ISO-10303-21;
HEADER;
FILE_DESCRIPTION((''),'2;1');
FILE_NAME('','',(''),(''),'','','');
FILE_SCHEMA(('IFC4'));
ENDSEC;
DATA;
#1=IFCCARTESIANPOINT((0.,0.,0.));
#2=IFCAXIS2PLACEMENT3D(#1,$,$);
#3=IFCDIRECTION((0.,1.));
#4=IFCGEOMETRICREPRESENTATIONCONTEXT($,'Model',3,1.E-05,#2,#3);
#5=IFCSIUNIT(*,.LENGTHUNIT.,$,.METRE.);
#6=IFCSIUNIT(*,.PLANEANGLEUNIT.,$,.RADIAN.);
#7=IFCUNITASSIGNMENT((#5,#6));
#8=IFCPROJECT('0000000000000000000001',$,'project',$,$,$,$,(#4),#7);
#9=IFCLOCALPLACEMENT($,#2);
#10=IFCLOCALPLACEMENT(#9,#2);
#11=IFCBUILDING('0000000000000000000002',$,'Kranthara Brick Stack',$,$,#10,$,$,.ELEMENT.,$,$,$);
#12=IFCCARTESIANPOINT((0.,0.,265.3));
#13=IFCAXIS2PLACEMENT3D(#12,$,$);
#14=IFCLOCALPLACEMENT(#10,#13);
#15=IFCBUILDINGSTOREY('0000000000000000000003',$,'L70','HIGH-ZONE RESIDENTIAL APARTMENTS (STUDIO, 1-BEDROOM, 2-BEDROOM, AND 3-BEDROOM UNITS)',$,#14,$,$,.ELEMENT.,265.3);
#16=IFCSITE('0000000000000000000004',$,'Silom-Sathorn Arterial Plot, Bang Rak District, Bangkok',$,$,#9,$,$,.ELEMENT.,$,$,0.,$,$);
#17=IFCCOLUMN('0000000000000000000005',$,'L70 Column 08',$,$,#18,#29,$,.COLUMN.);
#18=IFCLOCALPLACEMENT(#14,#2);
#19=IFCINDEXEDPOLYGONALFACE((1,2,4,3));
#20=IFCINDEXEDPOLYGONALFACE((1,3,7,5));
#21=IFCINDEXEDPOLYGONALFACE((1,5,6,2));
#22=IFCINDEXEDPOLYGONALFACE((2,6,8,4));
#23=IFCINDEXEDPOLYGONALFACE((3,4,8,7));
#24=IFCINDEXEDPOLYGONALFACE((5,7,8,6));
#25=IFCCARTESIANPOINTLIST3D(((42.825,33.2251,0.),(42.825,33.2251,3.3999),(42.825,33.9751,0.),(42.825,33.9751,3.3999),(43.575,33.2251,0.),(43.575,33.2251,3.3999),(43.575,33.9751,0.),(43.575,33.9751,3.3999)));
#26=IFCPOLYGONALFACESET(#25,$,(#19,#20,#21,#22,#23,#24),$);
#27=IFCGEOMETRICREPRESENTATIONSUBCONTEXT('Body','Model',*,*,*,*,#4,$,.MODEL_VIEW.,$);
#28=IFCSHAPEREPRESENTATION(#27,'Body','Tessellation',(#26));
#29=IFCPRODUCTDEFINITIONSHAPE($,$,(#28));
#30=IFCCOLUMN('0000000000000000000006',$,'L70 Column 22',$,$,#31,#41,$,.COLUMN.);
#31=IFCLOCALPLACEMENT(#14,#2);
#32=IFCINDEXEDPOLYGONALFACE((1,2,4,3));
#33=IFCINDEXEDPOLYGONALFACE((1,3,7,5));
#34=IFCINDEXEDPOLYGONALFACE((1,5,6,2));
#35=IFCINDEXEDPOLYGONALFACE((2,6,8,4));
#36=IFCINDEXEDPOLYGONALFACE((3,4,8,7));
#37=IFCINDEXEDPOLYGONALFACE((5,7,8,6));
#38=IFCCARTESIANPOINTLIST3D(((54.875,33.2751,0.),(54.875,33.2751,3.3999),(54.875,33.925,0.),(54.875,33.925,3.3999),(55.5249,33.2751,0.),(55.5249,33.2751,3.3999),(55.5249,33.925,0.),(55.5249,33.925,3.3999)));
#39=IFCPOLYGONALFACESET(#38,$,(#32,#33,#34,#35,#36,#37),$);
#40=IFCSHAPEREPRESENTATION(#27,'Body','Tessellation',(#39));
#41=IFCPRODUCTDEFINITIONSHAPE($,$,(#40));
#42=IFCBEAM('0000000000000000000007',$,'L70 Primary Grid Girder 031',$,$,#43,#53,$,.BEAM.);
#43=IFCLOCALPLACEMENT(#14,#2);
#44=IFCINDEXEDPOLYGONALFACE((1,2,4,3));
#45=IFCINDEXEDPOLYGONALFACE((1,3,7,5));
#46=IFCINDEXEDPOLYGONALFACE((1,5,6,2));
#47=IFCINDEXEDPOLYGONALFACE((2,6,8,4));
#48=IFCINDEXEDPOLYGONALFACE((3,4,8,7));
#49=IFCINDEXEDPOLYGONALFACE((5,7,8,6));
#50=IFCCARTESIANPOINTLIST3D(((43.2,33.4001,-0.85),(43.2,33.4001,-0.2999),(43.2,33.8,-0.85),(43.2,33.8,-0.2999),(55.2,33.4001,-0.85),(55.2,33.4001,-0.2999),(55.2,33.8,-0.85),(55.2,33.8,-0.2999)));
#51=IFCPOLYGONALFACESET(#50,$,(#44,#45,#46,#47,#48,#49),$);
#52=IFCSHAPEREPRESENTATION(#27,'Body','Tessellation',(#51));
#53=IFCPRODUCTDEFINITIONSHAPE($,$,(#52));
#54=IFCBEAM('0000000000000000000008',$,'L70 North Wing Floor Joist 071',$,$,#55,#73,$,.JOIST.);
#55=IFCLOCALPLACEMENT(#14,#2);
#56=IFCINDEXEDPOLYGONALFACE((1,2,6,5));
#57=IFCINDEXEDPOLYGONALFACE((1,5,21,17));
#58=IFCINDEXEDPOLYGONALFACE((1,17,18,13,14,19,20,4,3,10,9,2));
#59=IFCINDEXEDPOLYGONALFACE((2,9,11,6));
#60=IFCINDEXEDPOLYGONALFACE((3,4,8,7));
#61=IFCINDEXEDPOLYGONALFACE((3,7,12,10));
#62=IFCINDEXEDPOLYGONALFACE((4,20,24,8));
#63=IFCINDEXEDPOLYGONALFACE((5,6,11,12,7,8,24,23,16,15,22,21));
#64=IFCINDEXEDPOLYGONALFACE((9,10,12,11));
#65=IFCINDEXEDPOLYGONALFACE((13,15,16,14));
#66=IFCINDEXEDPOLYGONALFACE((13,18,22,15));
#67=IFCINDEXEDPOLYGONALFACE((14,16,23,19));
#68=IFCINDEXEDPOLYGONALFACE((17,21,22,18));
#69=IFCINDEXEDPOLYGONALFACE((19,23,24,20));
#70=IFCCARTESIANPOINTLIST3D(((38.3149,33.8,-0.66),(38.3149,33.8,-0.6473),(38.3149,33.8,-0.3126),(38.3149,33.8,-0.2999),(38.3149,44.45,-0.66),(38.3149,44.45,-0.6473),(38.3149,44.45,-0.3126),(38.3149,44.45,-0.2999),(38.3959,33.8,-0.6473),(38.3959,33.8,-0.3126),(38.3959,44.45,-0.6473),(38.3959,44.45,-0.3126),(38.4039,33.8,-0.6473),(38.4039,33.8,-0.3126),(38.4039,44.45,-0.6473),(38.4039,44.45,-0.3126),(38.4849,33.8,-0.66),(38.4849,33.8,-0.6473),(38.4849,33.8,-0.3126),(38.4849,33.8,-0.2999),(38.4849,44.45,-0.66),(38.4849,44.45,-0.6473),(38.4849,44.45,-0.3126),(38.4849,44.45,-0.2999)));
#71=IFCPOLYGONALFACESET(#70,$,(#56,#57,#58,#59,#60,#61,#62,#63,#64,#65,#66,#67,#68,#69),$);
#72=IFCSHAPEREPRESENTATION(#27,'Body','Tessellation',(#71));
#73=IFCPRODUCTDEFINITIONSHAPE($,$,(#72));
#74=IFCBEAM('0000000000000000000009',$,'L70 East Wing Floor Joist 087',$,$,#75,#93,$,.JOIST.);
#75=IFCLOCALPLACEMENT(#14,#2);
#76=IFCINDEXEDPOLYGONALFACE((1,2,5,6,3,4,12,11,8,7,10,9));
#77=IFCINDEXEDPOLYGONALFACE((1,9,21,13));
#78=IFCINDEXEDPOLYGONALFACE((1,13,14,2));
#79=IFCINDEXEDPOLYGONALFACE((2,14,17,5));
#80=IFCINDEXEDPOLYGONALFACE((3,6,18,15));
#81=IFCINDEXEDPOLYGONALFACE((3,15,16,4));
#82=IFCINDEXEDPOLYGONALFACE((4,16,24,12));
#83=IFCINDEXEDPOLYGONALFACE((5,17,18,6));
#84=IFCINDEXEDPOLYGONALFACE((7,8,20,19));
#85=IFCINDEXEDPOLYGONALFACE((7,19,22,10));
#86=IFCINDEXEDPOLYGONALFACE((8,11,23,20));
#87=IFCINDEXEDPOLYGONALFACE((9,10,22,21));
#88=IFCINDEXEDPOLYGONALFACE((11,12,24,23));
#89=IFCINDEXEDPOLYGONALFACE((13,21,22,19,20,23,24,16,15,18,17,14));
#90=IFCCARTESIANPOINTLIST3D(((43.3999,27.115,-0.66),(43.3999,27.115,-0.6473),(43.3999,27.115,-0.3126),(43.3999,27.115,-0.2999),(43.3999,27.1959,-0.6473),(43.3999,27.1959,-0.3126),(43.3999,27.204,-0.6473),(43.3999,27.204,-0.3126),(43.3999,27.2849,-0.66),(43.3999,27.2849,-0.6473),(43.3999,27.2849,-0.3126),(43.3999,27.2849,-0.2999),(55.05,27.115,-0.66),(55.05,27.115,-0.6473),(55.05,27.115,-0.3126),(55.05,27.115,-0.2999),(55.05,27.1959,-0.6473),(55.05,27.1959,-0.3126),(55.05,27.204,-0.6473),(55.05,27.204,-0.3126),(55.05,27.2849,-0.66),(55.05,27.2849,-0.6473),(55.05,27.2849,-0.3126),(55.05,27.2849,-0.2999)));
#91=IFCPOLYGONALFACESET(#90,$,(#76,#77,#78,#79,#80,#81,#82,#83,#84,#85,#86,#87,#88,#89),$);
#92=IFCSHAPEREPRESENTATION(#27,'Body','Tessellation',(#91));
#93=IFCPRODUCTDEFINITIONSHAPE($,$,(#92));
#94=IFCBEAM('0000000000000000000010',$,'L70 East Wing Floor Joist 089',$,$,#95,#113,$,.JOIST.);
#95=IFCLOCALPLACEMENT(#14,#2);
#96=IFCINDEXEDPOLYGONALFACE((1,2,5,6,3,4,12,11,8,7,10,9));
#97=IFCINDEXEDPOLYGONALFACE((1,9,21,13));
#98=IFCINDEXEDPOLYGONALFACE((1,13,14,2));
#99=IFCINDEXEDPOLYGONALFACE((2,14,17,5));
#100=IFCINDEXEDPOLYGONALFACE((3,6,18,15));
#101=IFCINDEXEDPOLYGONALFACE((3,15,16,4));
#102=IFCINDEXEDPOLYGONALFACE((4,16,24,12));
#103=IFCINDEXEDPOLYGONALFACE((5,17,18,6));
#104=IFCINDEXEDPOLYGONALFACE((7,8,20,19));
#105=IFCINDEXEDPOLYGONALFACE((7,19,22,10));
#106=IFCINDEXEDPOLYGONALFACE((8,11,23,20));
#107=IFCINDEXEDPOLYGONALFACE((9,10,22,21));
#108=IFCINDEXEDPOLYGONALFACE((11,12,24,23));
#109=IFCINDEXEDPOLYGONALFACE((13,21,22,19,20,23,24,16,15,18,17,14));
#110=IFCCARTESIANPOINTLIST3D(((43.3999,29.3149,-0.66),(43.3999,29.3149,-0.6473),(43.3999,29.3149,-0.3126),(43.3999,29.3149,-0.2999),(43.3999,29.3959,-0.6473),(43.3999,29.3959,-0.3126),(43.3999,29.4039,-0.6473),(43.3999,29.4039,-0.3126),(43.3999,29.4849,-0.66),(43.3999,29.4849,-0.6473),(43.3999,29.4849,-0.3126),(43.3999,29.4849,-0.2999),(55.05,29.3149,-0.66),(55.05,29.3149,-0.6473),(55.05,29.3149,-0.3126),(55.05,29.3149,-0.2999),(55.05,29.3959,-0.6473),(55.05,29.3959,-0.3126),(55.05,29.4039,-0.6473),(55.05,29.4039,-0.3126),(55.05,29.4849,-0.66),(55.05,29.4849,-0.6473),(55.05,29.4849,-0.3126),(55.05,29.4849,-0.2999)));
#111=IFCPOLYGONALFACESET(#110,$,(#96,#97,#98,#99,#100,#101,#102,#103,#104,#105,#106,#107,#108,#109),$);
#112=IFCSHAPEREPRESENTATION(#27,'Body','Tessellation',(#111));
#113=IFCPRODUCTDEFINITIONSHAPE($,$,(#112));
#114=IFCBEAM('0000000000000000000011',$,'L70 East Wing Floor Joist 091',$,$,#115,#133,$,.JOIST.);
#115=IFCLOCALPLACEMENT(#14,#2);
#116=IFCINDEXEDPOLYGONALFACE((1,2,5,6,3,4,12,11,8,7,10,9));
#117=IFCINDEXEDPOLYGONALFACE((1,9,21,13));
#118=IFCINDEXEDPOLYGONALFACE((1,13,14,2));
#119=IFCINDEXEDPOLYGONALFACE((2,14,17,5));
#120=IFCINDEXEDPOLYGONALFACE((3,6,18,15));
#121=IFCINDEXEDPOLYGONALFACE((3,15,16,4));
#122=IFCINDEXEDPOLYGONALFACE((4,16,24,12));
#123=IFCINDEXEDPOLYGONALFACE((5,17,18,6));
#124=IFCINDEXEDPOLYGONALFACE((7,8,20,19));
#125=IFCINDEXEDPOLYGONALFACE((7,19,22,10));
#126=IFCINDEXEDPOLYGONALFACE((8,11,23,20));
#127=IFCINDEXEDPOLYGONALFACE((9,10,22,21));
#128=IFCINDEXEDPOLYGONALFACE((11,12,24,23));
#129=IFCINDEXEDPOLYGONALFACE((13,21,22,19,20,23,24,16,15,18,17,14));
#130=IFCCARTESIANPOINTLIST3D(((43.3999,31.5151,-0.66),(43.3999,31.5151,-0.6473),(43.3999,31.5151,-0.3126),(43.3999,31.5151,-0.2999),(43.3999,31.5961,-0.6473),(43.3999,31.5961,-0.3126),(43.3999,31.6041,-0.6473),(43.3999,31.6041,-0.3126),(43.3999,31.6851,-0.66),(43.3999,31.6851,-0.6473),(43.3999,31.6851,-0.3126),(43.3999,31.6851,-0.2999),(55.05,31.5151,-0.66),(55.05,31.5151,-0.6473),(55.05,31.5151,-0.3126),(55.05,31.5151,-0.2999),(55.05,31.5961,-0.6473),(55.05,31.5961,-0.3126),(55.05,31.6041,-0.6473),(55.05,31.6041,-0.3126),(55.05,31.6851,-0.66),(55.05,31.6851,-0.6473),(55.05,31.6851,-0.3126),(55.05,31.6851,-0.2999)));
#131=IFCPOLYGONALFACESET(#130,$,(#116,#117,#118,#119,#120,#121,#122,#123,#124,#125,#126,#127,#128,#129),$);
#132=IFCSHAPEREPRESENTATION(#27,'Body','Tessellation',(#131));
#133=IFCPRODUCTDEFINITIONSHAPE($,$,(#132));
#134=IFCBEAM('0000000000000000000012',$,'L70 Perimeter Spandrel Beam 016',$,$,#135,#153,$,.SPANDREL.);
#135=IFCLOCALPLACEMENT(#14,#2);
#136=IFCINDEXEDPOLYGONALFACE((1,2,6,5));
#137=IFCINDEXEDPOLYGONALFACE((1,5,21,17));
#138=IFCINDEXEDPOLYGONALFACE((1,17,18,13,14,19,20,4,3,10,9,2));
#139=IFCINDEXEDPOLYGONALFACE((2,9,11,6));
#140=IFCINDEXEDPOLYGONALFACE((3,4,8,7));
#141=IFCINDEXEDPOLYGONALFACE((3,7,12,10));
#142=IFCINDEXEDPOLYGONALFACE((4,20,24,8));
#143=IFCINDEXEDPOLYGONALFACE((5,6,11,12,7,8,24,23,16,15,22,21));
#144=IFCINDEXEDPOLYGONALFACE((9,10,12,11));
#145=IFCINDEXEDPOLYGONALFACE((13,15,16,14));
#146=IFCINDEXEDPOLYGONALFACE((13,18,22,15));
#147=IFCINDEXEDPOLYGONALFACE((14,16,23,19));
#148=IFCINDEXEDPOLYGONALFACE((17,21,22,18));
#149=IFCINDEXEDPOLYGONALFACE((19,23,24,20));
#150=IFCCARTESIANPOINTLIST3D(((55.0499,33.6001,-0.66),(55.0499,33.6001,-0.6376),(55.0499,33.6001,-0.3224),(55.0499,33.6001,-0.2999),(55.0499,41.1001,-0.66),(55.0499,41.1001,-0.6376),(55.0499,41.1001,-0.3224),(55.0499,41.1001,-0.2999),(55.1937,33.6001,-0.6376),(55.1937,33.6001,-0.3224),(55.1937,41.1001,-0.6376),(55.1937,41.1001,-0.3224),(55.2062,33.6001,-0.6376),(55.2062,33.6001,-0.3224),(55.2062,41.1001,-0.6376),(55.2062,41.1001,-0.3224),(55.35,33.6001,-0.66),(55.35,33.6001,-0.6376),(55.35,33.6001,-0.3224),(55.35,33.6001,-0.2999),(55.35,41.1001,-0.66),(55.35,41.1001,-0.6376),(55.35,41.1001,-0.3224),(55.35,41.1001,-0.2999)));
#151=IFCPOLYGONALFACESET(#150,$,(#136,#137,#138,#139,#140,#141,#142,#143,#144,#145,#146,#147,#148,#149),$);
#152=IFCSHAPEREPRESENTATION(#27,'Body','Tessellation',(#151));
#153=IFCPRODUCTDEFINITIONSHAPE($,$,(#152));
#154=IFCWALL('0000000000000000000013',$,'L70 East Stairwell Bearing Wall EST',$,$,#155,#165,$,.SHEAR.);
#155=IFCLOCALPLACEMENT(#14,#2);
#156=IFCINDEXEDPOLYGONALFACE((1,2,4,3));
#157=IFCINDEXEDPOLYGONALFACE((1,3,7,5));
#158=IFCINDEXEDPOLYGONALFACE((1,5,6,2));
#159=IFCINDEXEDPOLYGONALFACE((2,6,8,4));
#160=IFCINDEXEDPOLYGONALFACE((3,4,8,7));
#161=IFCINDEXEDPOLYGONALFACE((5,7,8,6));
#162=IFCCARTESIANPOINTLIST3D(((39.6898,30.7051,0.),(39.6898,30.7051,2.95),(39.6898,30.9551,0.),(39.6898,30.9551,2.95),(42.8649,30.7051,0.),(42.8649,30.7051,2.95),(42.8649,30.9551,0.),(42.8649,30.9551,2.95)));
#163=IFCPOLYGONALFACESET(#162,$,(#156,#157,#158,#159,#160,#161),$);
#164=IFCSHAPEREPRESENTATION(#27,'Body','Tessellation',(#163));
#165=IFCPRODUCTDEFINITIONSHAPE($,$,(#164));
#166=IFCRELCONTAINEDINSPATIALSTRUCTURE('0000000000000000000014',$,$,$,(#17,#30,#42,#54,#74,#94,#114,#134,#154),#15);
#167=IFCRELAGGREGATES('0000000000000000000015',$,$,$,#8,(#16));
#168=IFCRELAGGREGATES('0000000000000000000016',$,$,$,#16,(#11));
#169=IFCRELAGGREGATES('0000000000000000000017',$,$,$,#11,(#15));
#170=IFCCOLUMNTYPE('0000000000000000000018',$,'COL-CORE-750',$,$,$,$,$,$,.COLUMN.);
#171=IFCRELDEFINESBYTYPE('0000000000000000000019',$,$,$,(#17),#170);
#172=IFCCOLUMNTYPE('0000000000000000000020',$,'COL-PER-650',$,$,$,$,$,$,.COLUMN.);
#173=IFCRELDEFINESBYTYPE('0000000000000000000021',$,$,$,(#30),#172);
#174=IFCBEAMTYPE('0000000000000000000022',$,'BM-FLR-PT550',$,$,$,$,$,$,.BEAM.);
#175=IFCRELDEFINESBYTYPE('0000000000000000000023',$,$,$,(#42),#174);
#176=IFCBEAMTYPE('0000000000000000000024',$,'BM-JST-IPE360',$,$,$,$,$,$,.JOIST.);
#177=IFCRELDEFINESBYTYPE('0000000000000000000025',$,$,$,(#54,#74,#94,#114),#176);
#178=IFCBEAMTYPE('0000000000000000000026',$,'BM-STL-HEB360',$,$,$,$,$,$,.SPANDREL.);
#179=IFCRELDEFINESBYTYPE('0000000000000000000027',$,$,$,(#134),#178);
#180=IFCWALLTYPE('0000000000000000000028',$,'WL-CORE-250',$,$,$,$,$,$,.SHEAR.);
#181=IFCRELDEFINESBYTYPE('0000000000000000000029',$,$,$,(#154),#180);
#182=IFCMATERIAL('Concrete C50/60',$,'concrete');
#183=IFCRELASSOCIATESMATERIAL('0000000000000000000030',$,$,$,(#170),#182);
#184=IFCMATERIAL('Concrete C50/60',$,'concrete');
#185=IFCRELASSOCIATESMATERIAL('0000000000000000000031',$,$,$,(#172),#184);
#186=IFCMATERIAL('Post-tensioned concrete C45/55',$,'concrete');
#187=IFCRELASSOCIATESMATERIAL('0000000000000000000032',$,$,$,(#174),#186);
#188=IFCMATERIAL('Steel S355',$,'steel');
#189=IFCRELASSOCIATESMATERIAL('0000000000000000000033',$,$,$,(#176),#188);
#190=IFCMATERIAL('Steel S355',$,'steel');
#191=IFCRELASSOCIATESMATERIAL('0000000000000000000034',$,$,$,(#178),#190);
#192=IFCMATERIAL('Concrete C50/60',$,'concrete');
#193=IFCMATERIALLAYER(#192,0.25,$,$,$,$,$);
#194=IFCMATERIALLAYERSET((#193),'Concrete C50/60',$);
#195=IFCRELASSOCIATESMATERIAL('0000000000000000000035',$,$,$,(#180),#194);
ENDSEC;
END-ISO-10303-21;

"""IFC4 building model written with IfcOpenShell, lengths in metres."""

from ifc_helpers import new_model, si_unit, direction, frame, frame_2d, origin, origin_2d, place, context, subcontext, project, spatial, rectangle, i_section, extrude, material, layer, layer_set, material_profile, profile_set, type_object, element, save


model = new_model("IFC4")

# Units and contexts
model_context = context("Model", 3, precision=1e-05, world=origin(), true_north=direction((0.0, 1.0)))
body_context = subcontext(model_context, "Body", "Model", "MODEL_VIEW")
ifc_project = project(units=[si_unit("LENGTHUNIT", "METRE"), si_unit("PLANEANGLEUNIT", "RADIAN")], contexts=[model_context])

# Site, building, storey
site_placement = place(None, origin())
site = spatial("IfcSite", under=ifc_project, at=site_placement, Name="Silom-Sathorn Arterial Plot, Bang Rak District, Bangkok", CompositionType="ELEMENT", RefElevation=0.0)
building_placement = place(site_placement, origin())
building = spatial("IfcBuilding", under=site, at=building_placement, Name="Kranthara Brick Stack", CompositionType="ELEMENT")
storey_placement = place(building_placement, frame((0.0, 0.0, 265.3)))
storey = spatial("IfcBuildingStorey", under=building, at=storey_placement, Name="L70", Description="HIGH-ZONE RESIDENTIAL APARTMENTS (STUDIO, 1-BEDROOM, 2-BEDROOM, AND 3-BEDROOM UNITS)", CompositionType="ELEMENT", Elevation=265.3)

# Columns
ifc_material_1 = material(Name="Concrete C50/60", Category="concrete")
ifc_material_profile_1 = material_profile(ifc_material_1, rectangle(XDim=0.75, YDim=0.75, at=origin_2d()), Name="RC 750x750")
ifc_profile_set_1 = profile_set([ifc_material_profile_1], Name="Concrete C50/60")
column_type_1 = type_object("IfcColumnType", Name="COL-CORE-750", PredefinedType="COLUMN", material=ifc_profile_set_1)
column_1_placement = place(storey_placement, frame((43.2, 33.6001, 0.0), z_axis=(0.0, 0.0, 1.0), x_axis=(1.0, 0.0, 0.0)))
element("IfcColumn", 1, at=column_1_placement, inside=storey, type_object=column_type_1, Name="L70 Column 08", PredefinedType="COLUMN", context=body_context, shape_type="SweptSolid", body=[
    extrude(rectangle(XDim=0.75, YDim=0.75, at=origin_2d()), origin(), (0.0, 0.0, 1.0), 3.3999),
])
ifc_material_2 = material(Name="Concrete C50/60", Category="concrete")
ifc_material_profile_2 = material_profile(ifc_material_2, rectangle(XDim=0.6499, YDim=0.6499, at=origin_2d()), Name="RC 650x650")
ifc_profile_set_2 = profile_set([ifc_material_profile_2], Name="Concrete C50/60")
column_type_2 = type_object("IfcColumnType", Name="COL-PER-650", PredefinedType="COLUMN", material=ifc_profile_set_2)
column_2_placement = place(storey_placement, frame((55.2, 33.6001, 0.0), z_axis=(0.0, 0.0, 1.0), x_axis=(1.0, 0.0, 0.0)))
element("IfcColumn", 2, at=column_2_placement, inside=storey, type_object=column_type_2, Name="L70 Column 22", PredefinedType="COLUMN", context=body_context, shape_type="SweptSolid", body=[
    extrude(rectangle(XDim=0.6499, YDim=0.6499, at=origin_2d()), origin(), (0.0, 0.0, 1.0), 3.3999),
])

# Beams
ifc_material_3 = material(Name="Post-tensioned concrete C45/55", Category="concrete")
ifc_material_profile_3 = material_profile(ifc_material_3, rectangle(XDim=0.3999, YDim=0.55, at=origin_2d()), Name="PT 400x550")
ifc_profile_set_3 = profile_set([ifc_material_profile_3], Name="Post-tensioned concrete C45/55")
beam_type_1 = type_object("IfcBeamType", Name="BM-FLR-PT550", PredefinedType="BEAM", material=ifc_profile_set_3)
beam_1_placement = place(storey_placement, frame((43.2, 33.6001, -0.575), z_axis=(1.0, 0.0, 0.0), x_axis=(0.0, 1.0, 0.0)))
element("IfcBeam", 3, at=beam_1_placement, inside=storey, type_object=beam_type_1, Name="L70 Primary Grid Girder 031", PredefinedType="BEAM", context=body_context, shape_type="SweptSolid", body=[
    extrude(rectangle(XDim=0.3999, YDim=0.55, at=origin_2d()), origin(), (0.0, 0.0, 1.0), 12.0),
])
ifc_material_4 = material(Name="Steel S355", Category="steel")
ifc_material_profile_4 = material_profile(ifc_material_4, i_section(OverallWidth=0.1699, OverallDepth=0.3601, WebThickness=0.0081, FlangeThickness=0.0127, at=origin_2d()), Name="IPE 360")
ifc_profile_set_4 = profile_set([ifc_material_profile_4], Name="Steel S355")
beam_type_2 = type_object("IfcBeamType", Name="BM-JST-IPE360", PredefinedType="JOIST", material=ifc_profile_set_4)
beam_2_placement = place(storey_placement, frame((38.3999, 33.8, -0.48), z_axis=(0.0, 1.0, 0.0), x_axis=(-1.0, 0.0, 0.0)))
element("IfcBeam", 4, at=beam_2_placement, inside=storey, type_object=beam_type_2, Name="L70 North Wing Floor Joist 071", PredefinedType="JOIST", context=body_context, shape_type="SweptSolid", body=[
    extrude(i_section(OverallWidth=0.1699, OverallDepth=0.3601, WebThickness=0.0081, FlangeThickness=0.0127, at=origin_2d()), origin(), (0.0, 0.0, 1.0), 10.6499),
])
for number, where, z_axis, x_axis, name in (
    (5, (43.3999, 27.2, -0.48), (1.0, 0.0, 0.0), (0.0, 1.0, 0.0), "L70 East Wing Floor Joist 087"),
    (6, (43.3999, 29.3999, -0.48), (1.0, 0.0, 0.0), (0.0, 1.0, 0.0), "L70 East Wing Floor Joist 089"),
    (7, (43.3999, 31.6001, -0.48), (1.0, 0.0, 0.0), (0.0, 1.0, 0.0), "L70 East Wing Floor Joist 091"),
):
    element("IfcBeam", number, at=place(storey_placement, frame(where, z_axis=z_axis, x_axis=x_axis)), inside=storey, type_object=beam_type_2, Name=name, PredefinedType="JOIST", context=body_context, shape_type="SweptSolid", body=[
        extrude(i_section(OverallWidth=0.1699, OverallDepth=0.3601, WebThickness=0.0081, FlangeThickness=0.0127, at=origin_2d()), origin(), (0.0, 0.0, 1.0), 11.6501),
    ])
ifc_material_5 = material(Name="Steel S355", Category="steel")
ifc_material_profile_5 = material_profile(ifc_material_5, i_section(OverallWidth=0.3, OverallDepth=0.3601, WebThickness=0.0125, FlangeThickness=0.0225, at=origin_2d()), Name="HEB 360")
ifc_profile_set_5 = profile_set([ifc_material_profile_5], Name="Steel S355")
beam_type_3 = type_object("IfcBeamType", Name="BM-STL-HEB360", PredefinedType="SPANDREL", material=ifc_profile_set_5)
beam_3_placement = place(storey_placement, frame((55.2, 33.6001, -0.48), z_axis=(0.0, 1.0, 0.0), x_axis=(-1.0, 0.0, 0.0)))
element("IfcBeam", 8, at=beam_3_placement, inside=storey, type_object=beam_type_3, Name="L70 Perimeter Spandrel Beam 016", PredefinedType="SPANDREL", context=body_context, shape_type="SweptSolid", body=[
    extrude(i_section(OverallWidth=0.3, OverallDepth=0.3601, WebThickness=0.0125, FlangeThickness=0.0225, at=origin_2d()), origin(), (0.0, 0.0, 1.0), 7.5),
])

# Wall
ifc_material_6 = material(Name="Concrete C50/60", Category="concrete")
ifc_layer = layer(ifc_material_6, 0.25)
ifc_layer_set = layer_set([ifc_layer], Name="Concrete C50/60")
wall_type = type_object("IfcWallType", Name="WL-CORE-250", PredefinedType="SHEAR", material=ifc_layer_set)
wall_placement = place(storey_placement, frame((39.6899, 30.8301, 0.0), z_axis=(0.0, 0.0, 1.0), x_axis=(1.0, 0.0, 0.0)))
element("IfcWall", 9, at=wall_placement, inside=storey, type_object=wall_type, Name="L70 East Stairwell Bearing Wall EST", PredefinedType="SHEAR", context=body_context, shape_type="SweptSolid", body=[
    extrude(rectangle(XDim=3.175, YDim=0.25, at=frame_2d((1.5874, 0.0))), origin(), (0.0, 0.0, 1.0), 2.95),
])

save(model, "model.ifc")
